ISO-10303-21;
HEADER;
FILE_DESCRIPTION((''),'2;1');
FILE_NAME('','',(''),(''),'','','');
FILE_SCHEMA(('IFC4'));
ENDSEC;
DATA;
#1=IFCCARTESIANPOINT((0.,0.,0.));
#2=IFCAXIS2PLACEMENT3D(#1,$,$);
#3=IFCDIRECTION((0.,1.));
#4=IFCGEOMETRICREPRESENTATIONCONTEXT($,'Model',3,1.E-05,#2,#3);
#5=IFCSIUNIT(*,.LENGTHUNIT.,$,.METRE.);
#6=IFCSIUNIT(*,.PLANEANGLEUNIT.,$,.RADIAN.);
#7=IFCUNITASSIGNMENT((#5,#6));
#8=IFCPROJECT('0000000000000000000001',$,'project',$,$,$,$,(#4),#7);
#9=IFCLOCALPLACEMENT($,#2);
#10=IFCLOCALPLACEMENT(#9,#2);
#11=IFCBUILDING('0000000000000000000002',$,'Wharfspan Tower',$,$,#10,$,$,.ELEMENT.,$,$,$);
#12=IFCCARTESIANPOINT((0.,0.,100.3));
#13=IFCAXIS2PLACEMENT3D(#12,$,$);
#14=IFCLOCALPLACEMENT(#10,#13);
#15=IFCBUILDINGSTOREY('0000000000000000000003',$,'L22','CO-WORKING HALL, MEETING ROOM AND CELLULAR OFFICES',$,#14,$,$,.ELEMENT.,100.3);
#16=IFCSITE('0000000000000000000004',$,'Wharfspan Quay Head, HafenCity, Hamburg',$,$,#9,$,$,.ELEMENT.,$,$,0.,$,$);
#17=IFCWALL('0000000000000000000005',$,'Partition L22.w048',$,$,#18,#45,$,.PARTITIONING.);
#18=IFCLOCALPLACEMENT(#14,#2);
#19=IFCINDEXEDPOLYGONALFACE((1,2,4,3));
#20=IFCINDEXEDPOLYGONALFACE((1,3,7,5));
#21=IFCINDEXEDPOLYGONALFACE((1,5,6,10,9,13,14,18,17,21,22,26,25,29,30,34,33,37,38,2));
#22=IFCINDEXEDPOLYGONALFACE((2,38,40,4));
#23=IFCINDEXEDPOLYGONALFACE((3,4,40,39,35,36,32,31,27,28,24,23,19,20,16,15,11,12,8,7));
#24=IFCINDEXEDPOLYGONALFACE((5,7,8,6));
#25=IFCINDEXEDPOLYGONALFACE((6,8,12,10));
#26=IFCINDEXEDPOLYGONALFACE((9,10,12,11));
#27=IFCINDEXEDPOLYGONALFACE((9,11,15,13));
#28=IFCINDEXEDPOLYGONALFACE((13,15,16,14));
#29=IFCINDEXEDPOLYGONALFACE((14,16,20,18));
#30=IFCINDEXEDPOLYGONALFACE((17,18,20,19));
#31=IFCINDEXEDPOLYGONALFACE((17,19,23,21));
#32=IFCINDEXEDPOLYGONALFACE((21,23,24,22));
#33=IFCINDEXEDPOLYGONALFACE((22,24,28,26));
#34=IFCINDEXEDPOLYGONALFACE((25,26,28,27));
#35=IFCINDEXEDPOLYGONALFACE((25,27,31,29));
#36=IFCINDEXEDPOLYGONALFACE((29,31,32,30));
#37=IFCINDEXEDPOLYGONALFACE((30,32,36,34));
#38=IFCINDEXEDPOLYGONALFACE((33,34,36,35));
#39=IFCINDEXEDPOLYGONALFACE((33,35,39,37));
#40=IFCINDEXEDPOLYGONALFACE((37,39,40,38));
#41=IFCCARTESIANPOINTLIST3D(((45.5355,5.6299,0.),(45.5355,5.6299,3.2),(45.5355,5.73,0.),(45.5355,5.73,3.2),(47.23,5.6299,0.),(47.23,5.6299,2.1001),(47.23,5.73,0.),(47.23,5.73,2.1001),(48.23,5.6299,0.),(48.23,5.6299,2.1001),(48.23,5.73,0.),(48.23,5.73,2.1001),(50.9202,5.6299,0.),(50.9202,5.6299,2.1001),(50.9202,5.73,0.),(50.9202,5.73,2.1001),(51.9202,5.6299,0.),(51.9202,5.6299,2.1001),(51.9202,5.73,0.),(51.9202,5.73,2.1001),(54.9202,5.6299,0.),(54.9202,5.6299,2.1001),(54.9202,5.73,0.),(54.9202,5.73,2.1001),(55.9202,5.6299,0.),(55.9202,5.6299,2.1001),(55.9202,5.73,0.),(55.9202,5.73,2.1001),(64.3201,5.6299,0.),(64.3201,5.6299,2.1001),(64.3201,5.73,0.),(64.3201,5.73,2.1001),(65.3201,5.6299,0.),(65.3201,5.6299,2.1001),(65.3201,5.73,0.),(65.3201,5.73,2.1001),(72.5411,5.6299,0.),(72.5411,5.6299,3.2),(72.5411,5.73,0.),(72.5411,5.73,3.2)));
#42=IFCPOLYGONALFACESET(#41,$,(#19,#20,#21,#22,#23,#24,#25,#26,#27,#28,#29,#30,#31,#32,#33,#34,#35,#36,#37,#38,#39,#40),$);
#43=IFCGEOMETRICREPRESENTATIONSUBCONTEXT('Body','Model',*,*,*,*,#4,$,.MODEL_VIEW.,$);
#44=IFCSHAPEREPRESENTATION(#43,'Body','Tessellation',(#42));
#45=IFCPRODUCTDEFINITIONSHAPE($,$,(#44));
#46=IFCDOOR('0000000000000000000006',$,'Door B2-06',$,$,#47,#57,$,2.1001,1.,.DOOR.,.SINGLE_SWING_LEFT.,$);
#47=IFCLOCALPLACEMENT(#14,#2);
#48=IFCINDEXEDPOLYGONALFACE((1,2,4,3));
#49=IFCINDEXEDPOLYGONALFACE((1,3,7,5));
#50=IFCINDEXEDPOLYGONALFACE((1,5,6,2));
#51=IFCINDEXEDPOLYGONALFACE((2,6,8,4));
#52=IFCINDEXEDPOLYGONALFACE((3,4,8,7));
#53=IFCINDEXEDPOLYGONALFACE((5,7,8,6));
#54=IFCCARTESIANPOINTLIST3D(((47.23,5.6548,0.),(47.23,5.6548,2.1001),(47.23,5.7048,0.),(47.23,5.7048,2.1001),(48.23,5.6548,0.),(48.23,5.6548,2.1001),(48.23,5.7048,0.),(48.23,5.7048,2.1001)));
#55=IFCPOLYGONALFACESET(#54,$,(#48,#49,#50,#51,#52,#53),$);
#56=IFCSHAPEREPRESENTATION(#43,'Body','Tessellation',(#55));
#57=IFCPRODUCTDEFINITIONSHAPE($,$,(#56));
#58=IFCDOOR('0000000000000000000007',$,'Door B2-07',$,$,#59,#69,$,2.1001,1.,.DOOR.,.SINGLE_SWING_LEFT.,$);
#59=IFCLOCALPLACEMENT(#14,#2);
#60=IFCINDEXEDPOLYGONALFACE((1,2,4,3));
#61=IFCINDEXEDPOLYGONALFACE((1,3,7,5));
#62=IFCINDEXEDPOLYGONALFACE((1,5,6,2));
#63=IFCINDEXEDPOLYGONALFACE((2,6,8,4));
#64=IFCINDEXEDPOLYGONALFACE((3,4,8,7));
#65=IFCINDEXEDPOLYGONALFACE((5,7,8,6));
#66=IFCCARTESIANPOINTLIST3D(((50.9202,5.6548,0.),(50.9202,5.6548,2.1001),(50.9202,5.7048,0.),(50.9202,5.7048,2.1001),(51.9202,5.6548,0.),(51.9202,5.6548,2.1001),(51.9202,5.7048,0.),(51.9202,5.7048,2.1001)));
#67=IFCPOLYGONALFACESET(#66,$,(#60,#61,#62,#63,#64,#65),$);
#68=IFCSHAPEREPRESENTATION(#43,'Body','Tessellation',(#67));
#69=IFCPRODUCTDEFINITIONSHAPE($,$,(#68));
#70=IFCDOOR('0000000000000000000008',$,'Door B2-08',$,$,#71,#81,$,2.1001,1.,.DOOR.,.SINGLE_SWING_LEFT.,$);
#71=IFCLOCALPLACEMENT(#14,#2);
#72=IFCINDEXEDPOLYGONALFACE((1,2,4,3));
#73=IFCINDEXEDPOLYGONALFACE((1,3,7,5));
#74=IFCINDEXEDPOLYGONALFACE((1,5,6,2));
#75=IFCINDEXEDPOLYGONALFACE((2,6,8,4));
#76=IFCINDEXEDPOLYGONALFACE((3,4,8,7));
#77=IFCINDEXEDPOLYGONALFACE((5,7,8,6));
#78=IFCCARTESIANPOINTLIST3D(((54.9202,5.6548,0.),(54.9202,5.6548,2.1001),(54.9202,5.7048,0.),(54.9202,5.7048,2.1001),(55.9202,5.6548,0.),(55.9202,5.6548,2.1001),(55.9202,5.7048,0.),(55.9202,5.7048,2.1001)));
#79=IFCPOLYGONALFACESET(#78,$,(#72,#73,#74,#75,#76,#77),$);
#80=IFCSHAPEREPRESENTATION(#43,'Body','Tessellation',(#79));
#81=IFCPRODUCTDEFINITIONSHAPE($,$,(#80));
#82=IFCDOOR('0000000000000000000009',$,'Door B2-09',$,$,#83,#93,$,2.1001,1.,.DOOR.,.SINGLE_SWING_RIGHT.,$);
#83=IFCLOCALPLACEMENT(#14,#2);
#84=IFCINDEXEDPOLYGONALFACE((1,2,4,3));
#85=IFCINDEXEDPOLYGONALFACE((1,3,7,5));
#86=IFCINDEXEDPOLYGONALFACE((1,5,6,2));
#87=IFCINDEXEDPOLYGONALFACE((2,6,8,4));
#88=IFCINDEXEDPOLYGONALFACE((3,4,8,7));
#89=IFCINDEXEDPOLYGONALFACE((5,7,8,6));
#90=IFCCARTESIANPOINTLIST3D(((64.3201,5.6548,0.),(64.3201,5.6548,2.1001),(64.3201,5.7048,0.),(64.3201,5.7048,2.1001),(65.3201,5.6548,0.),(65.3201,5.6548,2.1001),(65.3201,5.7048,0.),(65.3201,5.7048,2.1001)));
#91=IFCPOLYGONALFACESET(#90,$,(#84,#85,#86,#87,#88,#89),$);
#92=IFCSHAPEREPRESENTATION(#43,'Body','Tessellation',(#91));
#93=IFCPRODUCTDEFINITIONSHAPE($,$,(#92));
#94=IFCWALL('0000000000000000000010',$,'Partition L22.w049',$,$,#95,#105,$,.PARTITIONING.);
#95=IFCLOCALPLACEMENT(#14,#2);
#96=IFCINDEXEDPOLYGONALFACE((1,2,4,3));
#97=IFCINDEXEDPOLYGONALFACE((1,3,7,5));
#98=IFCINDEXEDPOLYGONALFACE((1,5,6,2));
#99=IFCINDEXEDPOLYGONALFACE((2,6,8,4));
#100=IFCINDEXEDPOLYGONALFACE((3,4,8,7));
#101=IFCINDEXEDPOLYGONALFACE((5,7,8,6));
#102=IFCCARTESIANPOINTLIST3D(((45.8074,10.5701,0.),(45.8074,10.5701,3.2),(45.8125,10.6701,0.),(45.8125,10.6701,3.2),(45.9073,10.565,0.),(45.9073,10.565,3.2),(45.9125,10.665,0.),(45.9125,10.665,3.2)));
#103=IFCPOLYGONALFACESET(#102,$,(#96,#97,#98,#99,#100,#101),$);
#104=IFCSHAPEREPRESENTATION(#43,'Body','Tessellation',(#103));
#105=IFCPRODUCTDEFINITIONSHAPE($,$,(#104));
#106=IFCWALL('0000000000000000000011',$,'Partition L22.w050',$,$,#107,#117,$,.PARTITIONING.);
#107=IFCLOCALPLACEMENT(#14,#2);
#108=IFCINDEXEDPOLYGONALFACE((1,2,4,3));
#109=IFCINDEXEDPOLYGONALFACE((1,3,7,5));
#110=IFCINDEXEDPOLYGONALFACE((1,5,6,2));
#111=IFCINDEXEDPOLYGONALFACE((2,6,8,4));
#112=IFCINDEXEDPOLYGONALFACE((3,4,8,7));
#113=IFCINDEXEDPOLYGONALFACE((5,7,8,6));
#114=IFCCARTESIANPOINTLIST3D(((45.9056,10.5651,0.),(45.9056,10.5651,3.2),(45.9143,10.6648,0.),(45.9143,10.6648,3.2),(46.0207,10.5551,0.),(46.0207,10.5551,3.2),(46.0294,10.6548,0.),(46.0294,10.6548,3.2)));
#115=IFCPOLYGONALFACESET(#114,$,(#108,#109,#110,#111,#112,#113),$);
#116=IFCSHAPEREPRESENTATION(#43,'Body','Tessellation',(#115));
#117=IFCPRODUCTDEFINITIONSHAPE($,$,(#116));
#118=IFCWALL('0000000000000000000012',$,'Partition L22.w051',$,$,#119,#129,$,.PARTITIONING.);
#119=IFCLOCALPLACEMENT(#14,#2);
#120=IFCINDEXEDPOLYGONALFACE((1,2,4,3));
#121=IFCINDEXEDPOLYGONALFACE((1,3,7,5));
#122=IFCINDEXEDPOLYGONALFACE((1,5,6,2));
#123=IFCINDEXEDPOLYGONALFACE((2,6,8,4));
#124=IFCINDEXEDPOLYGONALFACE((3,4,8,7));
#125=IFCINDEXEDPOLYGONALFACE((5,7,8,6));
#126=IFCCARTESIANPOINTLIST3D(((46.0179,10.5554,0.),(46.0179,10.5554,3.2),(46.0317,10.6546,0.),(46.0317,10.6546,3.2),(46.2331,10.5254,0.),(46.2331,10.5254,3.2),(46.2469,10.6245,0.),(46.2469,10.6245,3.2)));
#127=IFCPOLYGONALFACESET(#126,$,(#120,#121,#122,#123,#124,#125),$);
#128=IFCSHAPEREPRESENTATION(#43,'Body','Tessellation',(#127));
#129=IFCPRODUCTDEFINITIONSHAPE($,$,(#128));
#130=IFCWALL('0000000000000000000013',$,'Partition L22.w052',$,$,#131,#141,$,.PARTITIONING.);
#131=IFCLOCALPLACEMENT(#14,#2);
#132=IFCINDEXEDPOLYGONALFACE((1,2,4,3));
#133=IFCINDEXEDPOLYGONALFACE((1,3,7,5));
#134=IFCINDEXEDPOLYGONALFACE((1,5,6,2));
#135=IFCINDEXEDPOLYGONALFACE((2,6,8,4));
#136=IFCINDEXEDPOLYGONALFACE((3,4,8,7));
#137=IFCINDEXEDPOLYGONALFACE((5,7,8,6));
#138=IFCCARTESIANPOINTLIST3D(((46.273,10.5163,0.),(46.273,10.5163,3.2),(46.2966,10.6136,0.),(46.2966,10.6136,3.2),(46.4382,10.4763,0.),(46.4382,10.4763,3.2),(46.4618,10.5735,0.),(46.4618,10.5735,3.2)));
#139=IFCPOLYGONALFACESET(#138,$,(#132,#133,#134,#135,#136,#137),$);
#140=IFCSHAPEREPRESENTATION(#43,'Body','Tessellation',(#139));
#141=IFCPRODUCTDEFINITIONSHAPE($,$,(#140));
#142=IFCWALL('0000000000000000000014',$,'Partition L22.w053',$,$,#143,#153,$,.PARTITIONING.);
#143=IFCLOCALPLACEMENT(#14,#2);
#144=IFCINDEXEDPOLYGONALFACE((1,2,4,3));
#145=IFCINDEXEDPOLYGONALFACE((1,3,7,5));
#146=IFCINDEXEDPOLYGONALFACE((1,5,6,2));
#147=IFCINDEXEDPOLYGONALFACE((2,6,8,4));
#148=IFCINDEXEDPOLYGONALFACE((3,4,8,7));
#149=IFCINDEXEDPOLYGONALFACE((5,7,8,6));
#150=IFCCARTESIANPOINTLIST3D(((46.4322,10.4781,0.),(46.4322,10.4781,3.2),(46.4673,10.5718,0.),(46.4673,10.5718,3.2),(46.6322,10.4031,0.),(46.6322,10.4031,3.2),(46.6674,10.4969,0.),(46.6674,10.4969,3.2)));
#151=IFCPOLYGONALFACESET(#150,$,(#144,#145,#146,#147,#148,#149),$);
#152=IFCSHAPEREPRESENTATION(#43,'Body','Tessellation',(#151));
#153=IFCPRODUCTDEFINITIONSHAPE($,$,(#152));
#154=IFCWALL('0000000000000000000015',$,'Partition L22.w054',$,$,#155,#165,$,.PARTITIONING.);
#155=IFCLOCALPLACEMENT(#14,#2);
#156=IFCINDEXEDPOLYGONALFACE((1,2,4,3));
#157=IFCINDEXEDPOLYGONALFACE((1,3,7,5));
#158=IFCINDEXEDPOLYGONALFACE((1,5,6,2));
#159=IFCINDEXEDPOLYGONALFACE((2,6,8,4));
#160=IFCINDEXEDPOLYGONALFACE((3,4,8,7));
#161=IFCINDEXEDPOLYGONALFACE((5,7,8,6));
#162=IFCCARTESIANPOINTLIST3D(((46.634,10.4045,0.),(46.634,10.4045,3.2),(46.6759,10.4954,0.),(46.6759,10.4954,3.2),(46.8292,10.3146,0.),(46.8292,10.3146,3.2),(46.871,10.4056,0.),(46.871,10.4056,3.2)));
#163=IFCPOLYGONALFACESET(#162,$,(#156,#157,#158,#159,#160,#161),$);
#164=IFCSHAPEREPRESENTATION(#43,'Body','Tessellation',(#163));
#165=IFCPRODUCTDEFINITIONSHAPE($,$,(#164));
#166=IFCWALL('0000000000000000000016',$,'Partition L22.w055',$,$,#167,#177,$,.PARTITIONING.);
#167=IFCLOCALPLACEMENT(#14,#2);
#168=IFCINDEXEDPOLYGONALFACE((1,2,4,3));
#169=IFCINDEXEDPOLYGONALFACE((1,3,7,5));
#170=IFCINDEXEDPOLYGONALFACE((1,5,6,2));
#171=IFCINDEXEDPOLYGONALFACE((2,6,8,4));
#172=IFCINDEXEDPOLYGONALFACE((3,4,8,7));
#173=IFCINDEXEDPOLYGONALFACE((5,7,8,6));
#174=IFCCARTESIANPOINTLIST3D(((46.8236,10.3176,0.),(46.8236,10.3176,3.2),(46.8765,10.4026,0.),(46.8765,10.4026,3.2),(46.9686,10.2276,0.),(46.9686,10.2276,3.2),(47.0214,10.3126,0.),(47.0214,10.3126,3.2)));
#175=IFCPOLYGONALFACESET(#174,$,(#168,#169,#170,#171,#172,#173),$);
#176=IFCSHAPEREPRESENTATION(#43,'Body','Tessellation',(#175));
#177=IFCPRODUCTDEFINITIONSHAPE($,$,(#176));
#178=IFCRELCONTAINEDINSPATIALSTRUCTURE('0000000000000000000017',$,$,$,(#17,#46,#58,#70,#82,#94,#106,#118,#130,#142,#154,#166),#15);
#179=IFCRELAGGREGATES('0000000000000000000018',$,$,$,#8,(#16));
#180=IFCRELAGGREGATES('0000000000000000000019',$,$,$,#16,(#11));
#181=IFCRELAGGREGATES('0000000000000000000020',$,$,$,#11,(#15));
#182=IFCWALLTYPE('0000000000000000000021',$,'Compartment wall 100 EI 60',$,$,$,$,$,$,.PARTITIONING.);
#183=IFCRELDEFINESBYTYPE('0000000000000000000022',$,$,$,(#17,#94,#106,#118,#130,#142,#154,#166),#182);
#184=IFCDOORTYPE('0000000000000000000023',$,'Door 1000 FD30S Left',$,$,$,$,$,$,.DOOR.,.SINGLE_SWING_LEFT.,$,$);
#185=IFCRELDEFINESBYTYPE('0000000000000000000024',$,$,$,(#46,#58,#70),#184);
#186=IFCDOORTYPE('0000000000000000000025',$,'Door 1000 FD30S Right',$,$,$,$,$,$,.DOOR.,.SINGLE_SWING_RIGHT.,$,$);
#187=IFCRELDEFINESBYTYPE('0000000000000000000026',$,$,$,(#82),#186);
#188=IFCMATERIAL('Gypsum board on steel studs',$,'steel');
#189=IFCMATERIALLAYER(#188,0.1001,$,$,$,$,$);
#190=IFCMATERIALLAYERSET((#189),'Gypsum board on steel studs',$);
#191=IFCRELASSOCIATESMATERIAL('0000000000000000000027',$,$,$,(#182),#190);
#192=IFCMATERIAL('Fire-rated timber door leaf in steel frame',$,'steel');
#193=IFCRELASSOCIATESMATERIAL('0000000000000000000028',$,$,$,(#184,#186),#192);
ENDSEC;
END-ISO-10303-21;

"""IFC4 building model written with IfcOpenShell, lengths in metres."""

from ifc_helpers import new_model, si_unit, direction, frame, frame_2d, origin, place, context, subcontext, project, spatial, rectangle, extrude, material, layer, layer_set, type_object, element, fill, save


model = new_model("IFC4")

# Units and contexts
model_context = context("Model", 3, precision=1e-05, world=origin(), true_north=direction((0.0, 1.0)))
body_context = subcontext(model_context, "Body", "Model", "MODEL_VIEW")
ifc_project = project(units=[si_unit("LENGTHUNIT", "METRE"), si_unit("PLANEANGLEUNIT", "RADIAN")], contexts=[model_context])

# Site, building, storey
site_placement = place(None, origin())
site = spatial("IfcSite", under=ifc_project, at=site_placement, Name="Wharfspan Quay Head, HafenCity, Hamburg", CompositionType="ELEMENT", RefElevation=0.0)
building_placement = place(site_placement, origin())
building = spatial("IfcBuilding", under=site, at=building_placement, Name="Wharfspan Tower", CompositionType="ELEMENT")
storey_placement = place(building_placement, frame((0.0, 0.0, 100.3)))
storey = spatial("IfcBuildingStorey", under=building, at=storey_placement, Name="L22", Description="CO-WORKING HALL, MEETING ROOM AND CELLULAR OFFICES", CompositionType="ELEMENT", Elevation=100.3)

# Wall, openings, doors
ifc_material_1 = material(Name="Gypsum board on steel studs", Category="steel")
ifc_layer_1 = layer(ifc_material_1, 0.1001)
ifc_layer_set_1 = layer_set([ifc_layer_1], Name="Gypsum board on steel studs")
wall_type_1 = type_object("IfcWallType", Name="Compartment wall 100 EI 60", PredefinedType="PARTITIONING", material=ifc_layer_set_1)
wall_1_placement = place(storey_placement, frame((45.5354, 5.6799, 0.0), z_axis=(0.0, 0.0, 1.0), x_axis=(1.0, 0.0, 0.0)))
wall_1 = element("IfcWall", 1, at=wall_1_placement, inside=storey, type_object=wall_type_1, Name="Partition L22.w048", PredefinedType="PARTITIONING", context=body_context, shape_type="SweptSolid", body=[
    extrude(rectangle(XDim=27.0056, YDim=0.1001, at=frame_2d((13.5029, 0.0))), origin(), (0.0, 0.0, 1.0), 3.2),
])
opening_1_placement = place(wall_1_placement, frame((1.6946, 0.0, 0.0)))
opening_1 = element("IfcOpeningElement", 2, at=opening_1_placement, cuts=wall_1, PredefinedType="OPENING", context=body_context, shape_type="SweptSolid", body=[
    extrude(rectangle(XDim=1.0, YDim=2.1001, at=frame_2d((0.5, 1.05))), frame((0.0, 0.0601, 0.0), z_axis=(0.0, -1.0, 0.0), x_axis=(1.0, 0.0, 0.0)), (0.0, 0.0, 1.0), 0.1201),
])
opening_2_placement = place(wall_1_placement, frame((5.3848, 0.0, 0.0)))
opening_2 = element("IfcOpeningElement", 3, at=opening_2_placement, cuts=wall_1, PredefinedType="OPENING", context=body_context, shape_type="SweptSolid", body=[
    extrude(rectangle(XDim=1.0, YDim=2.1001, at=frame_2d((0.5, 1.05))), frame((0.0, 0.0601, 0.0), z_axis=(0.0, -1.0, 0.0), x_axis=(1.0, 0.0, 0.0)), (0.0, 0.0, 1.0), 0.1201),
])
opening_3_placement = place(wall_1_placement, frame((9.3848, 0.0, 0.0)))
opening_3 = element("IfcOpeningElement", 4, at=opening_3_placement, cuts=wall_1, PredefinedType="OPENING", context=body_context, shape_type="SweptSolid", body=[
    extrude(rectangle(XDim=1.0, YDim=2.1001, at=frame_2d((0.5, 1.05))), frame((0.0, 0.0601, 0.0), z_axis=(0.0, -1.0, 0.0), x_axis=(1.0, 0.0, 0.0)), (0.0, 0.0, 1.0), 0.1201),
])
opening_4_placement = place(wall_1_placement, frame((18.7847, 0.0, 0.0)))
opening_4 = element("IfcOpeningElement", 5, at=opening_4_placement, cuts=wall_1, PredefinedType="OPENING", context=body_context, shape_type="SweptSolid", body=[
    extrude(rectangle(XDim=1.0, YDim=2.1001, at=frame_2d((0.5, 1.05))), frame((0.0, 0.0601, 0.0), z_axis=(0.0, -1.0, 0.0), x_axis=(1.0, 0.0, 0.0)), (0.0, 0.0, 1.0), 0.1201),
])
ifc_material_2 = material(Name="Fire-rated timber door leaf in steel frame", Category="steel")
door_type_1 = type_object("IfcDoorType", Name="Door 1000 FD30S Left", OperationType="SINGLE_SWING_LEFT", PredefinedType="DOOR", material=ifc_material_2)
door_1_placement = place(opening_1_placement, origin())
door_1 = element("IfcDoor", 6, at=door_1_placement, inside=storey, type_object=door_type_1, Name="Door B2-06", OperationType="SINGLE_SWING_LEFT", OverallHeight=2.1001, OverallWidth=1.0, PredefinedType="DOOR", context=body_context, shape_type="SweptSolid", body=[
    extrude(rectangle(XDim=1.0, YDim=2.1001, at=frame_2d((0.5, 1.05))), frame((0.0, 0.0249, 0.0), z_axis=(0.0, -1.0, 0.0), x_axis=(1.0, 0.0, 0.0)), (0.0, 0.0, 1.0), 0.05),
])
fill(opening_1, door_1)
door_2_placement = place(opening_2_placement, origin())
door_2 = element("IfcDoor", 7, at=door_2_placement, inside=storey, type_object=door_type_1, Name="Door B2-07", OperationType="SINGLE_SWING_LEFT", OverallHeight=2.1001, OverallWidth=1.0, PredefinedType="DOOR", context=body_context, shape_type="SweptSolid", body=[
    extrude(rectangle(XDim=1.0, YDim=2.1001, at=frame_2d((0.5, 1.05))), frame((0.0, 0.0249, 0.0), z_axis=(0.0, -1.0, 0.0), x_axis=(1.0, 0.0, 0.0)), (0.0, 0.0, 1.0), 0.05),
])
fill(opening_2, door_2)
door_3_placement = place(opening_3_placement, origin())
door_3 = element("IfcDoor", 8, at=door_3_placement, inside=storey, type_object=door_type_1, Name="Door B2-08", OperationType="SINGLE_SWING_LEFT", OverallHeight=2.1001, OverallWidth=1.0, PredefinedType="DOOR", context=body_context, shape_type="SweptSolid", body=[
    extrude(rectangle(XDim=1.0, YDim=2.1001, at=frame_2d((0.5, 1.05))), frame((0.0, 0.0249, 0.0), z_axis=(0.0, -1.0, 0.0), x_axis=(1.0, 0.0, 0.0)), (0.0, 0.0, 1.0), 0.05),
])
fill(opening_3, door_3)
door_type_2 = type_object("IfcDoorType", Name="Door 1000 FD30S Right", OperationType="SINGLE_SWING_RIGHT", PredefinedType="DOOR", material=ifc_material_2)
door_4_placement = place(opening_4_placement, origin())
door_4 = element("IfcDoor", 9, at=door_4_placement, inside=storey, type_object=door_type_2, Name="Door B2-09", OperationType="SINGLE_SWING_RIGHT", OverallHeight=2.1001, OverallWidth=1.0, PredefinedType="DOOR", context=body_context, shape_type="SweptSolid", body=[
    extrude(rectangle(XDim=1.0, YDim=2.1001, at=frame_2d((0.5, 1.05))), frame((0.0, 0.0249, 0.0), z_axis=(0.0, -1.0, 0.0), x_axis=(1.0, 0.0, 0.0)), (0.0, 0.0, 1.0), 0.05),
])
fill(opening_4, door_4)

# Walls
wall_2_placement = place(storey_placement, frame((45.9099, 10.615, 0.0), z_axis=(0.0, 0.0, 1.0), x_axis=(-0.998681, 0.051277, 0.0)))
element("IfcWall", 10, at=wall_2_placement, inside=storey, type_object=wall_type_1, Name="Partition L22.w049", PredefinedType="PARTITIONING", context=body_context, shape_type="SweptSolid", body=[
    extrude(rectangle(XDim=0.1001, YDim=0.1001, at=frame_2d((0.05, 0.0))), origin(), (0.0, 0.0, 1.0), 3.2),
])
wall_3_placement = place(storey_placement, frame((46.0249, 10.605, 0.0), z_axis=(0.0, 0.0, 1.0), x_axis=(-0.996234, 0.086721, 0.0)))
element("IfcWall", 11, at=wall_3_placement, inside=storey, type_object=wall_type_1, Name="Partition L22.w050", PredefinedType="PARTITIONING", context=body_context, shape_type="SweptSolid", body=[
    extrude(rectangle(XDim=0.1155, YDim=0.1001, at=frame_2d((0.0576, 0.0))), origin(), (0.0, 0.0, 1.0), 3.2),
])
wall_4_placement = place(storey_placement, frame((46.24, 10.575, 0.0), z_axis=(0.0, 0.0, 1.0), x_axis=(-0.990394, 0.138273, 0.0)))
element("IfcWall", 12, at=wall_4_placement, inside=storey, type_object=wall_type_1, Name="Partition L22.w051", PredefinedType="PARTITIONING", context=body_context, shape_type="SweptSolid", body=[
    extrude(rectangle(XDim=0.2173, YDim=0.1001, at=frame_2d((0.1086, 0.0))), origin(), (0.0, 0.0, 1.0), 3.2),
])
wall_5_placement = place(storey_placement, frame((46.45, 10.5249, 0.0), z_axis=(0.0, 0.0, 1.0), x_axis=(-0.971812, 0.235765, 0.0)))
element("IfcWall", 13, at=wall_5_placement, inside=storey, type_object=wall_type_1, Name="Partition L22.w052", PredefinedType="PARTITIONING", context=body_context, shape_type="SweptSolid", body=[
    extrude(rectangle(XDim=0.1699, YDim=0.1001, at=frame_2d((0.085, 0.0))), origin(), (0.0, 0.0, 1.0), 3.2),
])
wall_6_placement = place(storey_placement, frame((46.6499, 10.45, 0.0), z_axis=(0.0, 0.0, 1.0), x_axis=(-0.936373, 0.350997, 0.0)))
element("IfcWall", 14, at=wall_6_placement, inside=storey, type_object=wall_type_1, Name="Partition L22.w053", PredefinedType="PARTITIONING", context=body_context, shape_type="SweptSolid", body=[
    extrude(rectangle(XDim=0.2136, YDim=0.1001, at=frame_2d((0.1069, 0.0))), origin(), (0.0, 0.0, 1.0), 3.2),
])
wall_7_placement = place(storey_placement, frame((46.8501, 10.3601, 0.0), z_axis=(0.0, 0.0, 1.0), x_axis=(-0.908296, 0.418339, 0.0)))
element("IfcWall", 15, at=wall_7_placement, inside=storey, type_object=wall_type_1, Name="Partition L22.w054", PredefinedType="PARTITIONING", context=body_context, shape_type="SweptSolid", body=[
    extrude(rectangle(XDim=0.2148, YDim=0.1001, at=frame_2d((0.1074, 0.0))), origin(), (0.0, 0.0, 1.0), 3.2),
])
wall_8_placement = place(storey_placement, frame((46.9951, 10.27, 0.0), z_axis=(0.0, 0.0, 1.0), x_axis=(-0.849441, 0.527683, 0.0)))
element("IfcWall", 16, at=wall_8_placement, inside=storey, type_object=wall_type_1, Name="Partition L22.w055", PredefinedType="PARTITIONING", context=body_context, shape_type="SweptSolid", body=[
    extrude(rectangle(XDim=0.1707, YDim=0.1001, at=frame_2d((0.0854, 0.0))), origin(), (0.0, 0.0, 1.0), 3.2),
])

save(model, "model.ifc")
